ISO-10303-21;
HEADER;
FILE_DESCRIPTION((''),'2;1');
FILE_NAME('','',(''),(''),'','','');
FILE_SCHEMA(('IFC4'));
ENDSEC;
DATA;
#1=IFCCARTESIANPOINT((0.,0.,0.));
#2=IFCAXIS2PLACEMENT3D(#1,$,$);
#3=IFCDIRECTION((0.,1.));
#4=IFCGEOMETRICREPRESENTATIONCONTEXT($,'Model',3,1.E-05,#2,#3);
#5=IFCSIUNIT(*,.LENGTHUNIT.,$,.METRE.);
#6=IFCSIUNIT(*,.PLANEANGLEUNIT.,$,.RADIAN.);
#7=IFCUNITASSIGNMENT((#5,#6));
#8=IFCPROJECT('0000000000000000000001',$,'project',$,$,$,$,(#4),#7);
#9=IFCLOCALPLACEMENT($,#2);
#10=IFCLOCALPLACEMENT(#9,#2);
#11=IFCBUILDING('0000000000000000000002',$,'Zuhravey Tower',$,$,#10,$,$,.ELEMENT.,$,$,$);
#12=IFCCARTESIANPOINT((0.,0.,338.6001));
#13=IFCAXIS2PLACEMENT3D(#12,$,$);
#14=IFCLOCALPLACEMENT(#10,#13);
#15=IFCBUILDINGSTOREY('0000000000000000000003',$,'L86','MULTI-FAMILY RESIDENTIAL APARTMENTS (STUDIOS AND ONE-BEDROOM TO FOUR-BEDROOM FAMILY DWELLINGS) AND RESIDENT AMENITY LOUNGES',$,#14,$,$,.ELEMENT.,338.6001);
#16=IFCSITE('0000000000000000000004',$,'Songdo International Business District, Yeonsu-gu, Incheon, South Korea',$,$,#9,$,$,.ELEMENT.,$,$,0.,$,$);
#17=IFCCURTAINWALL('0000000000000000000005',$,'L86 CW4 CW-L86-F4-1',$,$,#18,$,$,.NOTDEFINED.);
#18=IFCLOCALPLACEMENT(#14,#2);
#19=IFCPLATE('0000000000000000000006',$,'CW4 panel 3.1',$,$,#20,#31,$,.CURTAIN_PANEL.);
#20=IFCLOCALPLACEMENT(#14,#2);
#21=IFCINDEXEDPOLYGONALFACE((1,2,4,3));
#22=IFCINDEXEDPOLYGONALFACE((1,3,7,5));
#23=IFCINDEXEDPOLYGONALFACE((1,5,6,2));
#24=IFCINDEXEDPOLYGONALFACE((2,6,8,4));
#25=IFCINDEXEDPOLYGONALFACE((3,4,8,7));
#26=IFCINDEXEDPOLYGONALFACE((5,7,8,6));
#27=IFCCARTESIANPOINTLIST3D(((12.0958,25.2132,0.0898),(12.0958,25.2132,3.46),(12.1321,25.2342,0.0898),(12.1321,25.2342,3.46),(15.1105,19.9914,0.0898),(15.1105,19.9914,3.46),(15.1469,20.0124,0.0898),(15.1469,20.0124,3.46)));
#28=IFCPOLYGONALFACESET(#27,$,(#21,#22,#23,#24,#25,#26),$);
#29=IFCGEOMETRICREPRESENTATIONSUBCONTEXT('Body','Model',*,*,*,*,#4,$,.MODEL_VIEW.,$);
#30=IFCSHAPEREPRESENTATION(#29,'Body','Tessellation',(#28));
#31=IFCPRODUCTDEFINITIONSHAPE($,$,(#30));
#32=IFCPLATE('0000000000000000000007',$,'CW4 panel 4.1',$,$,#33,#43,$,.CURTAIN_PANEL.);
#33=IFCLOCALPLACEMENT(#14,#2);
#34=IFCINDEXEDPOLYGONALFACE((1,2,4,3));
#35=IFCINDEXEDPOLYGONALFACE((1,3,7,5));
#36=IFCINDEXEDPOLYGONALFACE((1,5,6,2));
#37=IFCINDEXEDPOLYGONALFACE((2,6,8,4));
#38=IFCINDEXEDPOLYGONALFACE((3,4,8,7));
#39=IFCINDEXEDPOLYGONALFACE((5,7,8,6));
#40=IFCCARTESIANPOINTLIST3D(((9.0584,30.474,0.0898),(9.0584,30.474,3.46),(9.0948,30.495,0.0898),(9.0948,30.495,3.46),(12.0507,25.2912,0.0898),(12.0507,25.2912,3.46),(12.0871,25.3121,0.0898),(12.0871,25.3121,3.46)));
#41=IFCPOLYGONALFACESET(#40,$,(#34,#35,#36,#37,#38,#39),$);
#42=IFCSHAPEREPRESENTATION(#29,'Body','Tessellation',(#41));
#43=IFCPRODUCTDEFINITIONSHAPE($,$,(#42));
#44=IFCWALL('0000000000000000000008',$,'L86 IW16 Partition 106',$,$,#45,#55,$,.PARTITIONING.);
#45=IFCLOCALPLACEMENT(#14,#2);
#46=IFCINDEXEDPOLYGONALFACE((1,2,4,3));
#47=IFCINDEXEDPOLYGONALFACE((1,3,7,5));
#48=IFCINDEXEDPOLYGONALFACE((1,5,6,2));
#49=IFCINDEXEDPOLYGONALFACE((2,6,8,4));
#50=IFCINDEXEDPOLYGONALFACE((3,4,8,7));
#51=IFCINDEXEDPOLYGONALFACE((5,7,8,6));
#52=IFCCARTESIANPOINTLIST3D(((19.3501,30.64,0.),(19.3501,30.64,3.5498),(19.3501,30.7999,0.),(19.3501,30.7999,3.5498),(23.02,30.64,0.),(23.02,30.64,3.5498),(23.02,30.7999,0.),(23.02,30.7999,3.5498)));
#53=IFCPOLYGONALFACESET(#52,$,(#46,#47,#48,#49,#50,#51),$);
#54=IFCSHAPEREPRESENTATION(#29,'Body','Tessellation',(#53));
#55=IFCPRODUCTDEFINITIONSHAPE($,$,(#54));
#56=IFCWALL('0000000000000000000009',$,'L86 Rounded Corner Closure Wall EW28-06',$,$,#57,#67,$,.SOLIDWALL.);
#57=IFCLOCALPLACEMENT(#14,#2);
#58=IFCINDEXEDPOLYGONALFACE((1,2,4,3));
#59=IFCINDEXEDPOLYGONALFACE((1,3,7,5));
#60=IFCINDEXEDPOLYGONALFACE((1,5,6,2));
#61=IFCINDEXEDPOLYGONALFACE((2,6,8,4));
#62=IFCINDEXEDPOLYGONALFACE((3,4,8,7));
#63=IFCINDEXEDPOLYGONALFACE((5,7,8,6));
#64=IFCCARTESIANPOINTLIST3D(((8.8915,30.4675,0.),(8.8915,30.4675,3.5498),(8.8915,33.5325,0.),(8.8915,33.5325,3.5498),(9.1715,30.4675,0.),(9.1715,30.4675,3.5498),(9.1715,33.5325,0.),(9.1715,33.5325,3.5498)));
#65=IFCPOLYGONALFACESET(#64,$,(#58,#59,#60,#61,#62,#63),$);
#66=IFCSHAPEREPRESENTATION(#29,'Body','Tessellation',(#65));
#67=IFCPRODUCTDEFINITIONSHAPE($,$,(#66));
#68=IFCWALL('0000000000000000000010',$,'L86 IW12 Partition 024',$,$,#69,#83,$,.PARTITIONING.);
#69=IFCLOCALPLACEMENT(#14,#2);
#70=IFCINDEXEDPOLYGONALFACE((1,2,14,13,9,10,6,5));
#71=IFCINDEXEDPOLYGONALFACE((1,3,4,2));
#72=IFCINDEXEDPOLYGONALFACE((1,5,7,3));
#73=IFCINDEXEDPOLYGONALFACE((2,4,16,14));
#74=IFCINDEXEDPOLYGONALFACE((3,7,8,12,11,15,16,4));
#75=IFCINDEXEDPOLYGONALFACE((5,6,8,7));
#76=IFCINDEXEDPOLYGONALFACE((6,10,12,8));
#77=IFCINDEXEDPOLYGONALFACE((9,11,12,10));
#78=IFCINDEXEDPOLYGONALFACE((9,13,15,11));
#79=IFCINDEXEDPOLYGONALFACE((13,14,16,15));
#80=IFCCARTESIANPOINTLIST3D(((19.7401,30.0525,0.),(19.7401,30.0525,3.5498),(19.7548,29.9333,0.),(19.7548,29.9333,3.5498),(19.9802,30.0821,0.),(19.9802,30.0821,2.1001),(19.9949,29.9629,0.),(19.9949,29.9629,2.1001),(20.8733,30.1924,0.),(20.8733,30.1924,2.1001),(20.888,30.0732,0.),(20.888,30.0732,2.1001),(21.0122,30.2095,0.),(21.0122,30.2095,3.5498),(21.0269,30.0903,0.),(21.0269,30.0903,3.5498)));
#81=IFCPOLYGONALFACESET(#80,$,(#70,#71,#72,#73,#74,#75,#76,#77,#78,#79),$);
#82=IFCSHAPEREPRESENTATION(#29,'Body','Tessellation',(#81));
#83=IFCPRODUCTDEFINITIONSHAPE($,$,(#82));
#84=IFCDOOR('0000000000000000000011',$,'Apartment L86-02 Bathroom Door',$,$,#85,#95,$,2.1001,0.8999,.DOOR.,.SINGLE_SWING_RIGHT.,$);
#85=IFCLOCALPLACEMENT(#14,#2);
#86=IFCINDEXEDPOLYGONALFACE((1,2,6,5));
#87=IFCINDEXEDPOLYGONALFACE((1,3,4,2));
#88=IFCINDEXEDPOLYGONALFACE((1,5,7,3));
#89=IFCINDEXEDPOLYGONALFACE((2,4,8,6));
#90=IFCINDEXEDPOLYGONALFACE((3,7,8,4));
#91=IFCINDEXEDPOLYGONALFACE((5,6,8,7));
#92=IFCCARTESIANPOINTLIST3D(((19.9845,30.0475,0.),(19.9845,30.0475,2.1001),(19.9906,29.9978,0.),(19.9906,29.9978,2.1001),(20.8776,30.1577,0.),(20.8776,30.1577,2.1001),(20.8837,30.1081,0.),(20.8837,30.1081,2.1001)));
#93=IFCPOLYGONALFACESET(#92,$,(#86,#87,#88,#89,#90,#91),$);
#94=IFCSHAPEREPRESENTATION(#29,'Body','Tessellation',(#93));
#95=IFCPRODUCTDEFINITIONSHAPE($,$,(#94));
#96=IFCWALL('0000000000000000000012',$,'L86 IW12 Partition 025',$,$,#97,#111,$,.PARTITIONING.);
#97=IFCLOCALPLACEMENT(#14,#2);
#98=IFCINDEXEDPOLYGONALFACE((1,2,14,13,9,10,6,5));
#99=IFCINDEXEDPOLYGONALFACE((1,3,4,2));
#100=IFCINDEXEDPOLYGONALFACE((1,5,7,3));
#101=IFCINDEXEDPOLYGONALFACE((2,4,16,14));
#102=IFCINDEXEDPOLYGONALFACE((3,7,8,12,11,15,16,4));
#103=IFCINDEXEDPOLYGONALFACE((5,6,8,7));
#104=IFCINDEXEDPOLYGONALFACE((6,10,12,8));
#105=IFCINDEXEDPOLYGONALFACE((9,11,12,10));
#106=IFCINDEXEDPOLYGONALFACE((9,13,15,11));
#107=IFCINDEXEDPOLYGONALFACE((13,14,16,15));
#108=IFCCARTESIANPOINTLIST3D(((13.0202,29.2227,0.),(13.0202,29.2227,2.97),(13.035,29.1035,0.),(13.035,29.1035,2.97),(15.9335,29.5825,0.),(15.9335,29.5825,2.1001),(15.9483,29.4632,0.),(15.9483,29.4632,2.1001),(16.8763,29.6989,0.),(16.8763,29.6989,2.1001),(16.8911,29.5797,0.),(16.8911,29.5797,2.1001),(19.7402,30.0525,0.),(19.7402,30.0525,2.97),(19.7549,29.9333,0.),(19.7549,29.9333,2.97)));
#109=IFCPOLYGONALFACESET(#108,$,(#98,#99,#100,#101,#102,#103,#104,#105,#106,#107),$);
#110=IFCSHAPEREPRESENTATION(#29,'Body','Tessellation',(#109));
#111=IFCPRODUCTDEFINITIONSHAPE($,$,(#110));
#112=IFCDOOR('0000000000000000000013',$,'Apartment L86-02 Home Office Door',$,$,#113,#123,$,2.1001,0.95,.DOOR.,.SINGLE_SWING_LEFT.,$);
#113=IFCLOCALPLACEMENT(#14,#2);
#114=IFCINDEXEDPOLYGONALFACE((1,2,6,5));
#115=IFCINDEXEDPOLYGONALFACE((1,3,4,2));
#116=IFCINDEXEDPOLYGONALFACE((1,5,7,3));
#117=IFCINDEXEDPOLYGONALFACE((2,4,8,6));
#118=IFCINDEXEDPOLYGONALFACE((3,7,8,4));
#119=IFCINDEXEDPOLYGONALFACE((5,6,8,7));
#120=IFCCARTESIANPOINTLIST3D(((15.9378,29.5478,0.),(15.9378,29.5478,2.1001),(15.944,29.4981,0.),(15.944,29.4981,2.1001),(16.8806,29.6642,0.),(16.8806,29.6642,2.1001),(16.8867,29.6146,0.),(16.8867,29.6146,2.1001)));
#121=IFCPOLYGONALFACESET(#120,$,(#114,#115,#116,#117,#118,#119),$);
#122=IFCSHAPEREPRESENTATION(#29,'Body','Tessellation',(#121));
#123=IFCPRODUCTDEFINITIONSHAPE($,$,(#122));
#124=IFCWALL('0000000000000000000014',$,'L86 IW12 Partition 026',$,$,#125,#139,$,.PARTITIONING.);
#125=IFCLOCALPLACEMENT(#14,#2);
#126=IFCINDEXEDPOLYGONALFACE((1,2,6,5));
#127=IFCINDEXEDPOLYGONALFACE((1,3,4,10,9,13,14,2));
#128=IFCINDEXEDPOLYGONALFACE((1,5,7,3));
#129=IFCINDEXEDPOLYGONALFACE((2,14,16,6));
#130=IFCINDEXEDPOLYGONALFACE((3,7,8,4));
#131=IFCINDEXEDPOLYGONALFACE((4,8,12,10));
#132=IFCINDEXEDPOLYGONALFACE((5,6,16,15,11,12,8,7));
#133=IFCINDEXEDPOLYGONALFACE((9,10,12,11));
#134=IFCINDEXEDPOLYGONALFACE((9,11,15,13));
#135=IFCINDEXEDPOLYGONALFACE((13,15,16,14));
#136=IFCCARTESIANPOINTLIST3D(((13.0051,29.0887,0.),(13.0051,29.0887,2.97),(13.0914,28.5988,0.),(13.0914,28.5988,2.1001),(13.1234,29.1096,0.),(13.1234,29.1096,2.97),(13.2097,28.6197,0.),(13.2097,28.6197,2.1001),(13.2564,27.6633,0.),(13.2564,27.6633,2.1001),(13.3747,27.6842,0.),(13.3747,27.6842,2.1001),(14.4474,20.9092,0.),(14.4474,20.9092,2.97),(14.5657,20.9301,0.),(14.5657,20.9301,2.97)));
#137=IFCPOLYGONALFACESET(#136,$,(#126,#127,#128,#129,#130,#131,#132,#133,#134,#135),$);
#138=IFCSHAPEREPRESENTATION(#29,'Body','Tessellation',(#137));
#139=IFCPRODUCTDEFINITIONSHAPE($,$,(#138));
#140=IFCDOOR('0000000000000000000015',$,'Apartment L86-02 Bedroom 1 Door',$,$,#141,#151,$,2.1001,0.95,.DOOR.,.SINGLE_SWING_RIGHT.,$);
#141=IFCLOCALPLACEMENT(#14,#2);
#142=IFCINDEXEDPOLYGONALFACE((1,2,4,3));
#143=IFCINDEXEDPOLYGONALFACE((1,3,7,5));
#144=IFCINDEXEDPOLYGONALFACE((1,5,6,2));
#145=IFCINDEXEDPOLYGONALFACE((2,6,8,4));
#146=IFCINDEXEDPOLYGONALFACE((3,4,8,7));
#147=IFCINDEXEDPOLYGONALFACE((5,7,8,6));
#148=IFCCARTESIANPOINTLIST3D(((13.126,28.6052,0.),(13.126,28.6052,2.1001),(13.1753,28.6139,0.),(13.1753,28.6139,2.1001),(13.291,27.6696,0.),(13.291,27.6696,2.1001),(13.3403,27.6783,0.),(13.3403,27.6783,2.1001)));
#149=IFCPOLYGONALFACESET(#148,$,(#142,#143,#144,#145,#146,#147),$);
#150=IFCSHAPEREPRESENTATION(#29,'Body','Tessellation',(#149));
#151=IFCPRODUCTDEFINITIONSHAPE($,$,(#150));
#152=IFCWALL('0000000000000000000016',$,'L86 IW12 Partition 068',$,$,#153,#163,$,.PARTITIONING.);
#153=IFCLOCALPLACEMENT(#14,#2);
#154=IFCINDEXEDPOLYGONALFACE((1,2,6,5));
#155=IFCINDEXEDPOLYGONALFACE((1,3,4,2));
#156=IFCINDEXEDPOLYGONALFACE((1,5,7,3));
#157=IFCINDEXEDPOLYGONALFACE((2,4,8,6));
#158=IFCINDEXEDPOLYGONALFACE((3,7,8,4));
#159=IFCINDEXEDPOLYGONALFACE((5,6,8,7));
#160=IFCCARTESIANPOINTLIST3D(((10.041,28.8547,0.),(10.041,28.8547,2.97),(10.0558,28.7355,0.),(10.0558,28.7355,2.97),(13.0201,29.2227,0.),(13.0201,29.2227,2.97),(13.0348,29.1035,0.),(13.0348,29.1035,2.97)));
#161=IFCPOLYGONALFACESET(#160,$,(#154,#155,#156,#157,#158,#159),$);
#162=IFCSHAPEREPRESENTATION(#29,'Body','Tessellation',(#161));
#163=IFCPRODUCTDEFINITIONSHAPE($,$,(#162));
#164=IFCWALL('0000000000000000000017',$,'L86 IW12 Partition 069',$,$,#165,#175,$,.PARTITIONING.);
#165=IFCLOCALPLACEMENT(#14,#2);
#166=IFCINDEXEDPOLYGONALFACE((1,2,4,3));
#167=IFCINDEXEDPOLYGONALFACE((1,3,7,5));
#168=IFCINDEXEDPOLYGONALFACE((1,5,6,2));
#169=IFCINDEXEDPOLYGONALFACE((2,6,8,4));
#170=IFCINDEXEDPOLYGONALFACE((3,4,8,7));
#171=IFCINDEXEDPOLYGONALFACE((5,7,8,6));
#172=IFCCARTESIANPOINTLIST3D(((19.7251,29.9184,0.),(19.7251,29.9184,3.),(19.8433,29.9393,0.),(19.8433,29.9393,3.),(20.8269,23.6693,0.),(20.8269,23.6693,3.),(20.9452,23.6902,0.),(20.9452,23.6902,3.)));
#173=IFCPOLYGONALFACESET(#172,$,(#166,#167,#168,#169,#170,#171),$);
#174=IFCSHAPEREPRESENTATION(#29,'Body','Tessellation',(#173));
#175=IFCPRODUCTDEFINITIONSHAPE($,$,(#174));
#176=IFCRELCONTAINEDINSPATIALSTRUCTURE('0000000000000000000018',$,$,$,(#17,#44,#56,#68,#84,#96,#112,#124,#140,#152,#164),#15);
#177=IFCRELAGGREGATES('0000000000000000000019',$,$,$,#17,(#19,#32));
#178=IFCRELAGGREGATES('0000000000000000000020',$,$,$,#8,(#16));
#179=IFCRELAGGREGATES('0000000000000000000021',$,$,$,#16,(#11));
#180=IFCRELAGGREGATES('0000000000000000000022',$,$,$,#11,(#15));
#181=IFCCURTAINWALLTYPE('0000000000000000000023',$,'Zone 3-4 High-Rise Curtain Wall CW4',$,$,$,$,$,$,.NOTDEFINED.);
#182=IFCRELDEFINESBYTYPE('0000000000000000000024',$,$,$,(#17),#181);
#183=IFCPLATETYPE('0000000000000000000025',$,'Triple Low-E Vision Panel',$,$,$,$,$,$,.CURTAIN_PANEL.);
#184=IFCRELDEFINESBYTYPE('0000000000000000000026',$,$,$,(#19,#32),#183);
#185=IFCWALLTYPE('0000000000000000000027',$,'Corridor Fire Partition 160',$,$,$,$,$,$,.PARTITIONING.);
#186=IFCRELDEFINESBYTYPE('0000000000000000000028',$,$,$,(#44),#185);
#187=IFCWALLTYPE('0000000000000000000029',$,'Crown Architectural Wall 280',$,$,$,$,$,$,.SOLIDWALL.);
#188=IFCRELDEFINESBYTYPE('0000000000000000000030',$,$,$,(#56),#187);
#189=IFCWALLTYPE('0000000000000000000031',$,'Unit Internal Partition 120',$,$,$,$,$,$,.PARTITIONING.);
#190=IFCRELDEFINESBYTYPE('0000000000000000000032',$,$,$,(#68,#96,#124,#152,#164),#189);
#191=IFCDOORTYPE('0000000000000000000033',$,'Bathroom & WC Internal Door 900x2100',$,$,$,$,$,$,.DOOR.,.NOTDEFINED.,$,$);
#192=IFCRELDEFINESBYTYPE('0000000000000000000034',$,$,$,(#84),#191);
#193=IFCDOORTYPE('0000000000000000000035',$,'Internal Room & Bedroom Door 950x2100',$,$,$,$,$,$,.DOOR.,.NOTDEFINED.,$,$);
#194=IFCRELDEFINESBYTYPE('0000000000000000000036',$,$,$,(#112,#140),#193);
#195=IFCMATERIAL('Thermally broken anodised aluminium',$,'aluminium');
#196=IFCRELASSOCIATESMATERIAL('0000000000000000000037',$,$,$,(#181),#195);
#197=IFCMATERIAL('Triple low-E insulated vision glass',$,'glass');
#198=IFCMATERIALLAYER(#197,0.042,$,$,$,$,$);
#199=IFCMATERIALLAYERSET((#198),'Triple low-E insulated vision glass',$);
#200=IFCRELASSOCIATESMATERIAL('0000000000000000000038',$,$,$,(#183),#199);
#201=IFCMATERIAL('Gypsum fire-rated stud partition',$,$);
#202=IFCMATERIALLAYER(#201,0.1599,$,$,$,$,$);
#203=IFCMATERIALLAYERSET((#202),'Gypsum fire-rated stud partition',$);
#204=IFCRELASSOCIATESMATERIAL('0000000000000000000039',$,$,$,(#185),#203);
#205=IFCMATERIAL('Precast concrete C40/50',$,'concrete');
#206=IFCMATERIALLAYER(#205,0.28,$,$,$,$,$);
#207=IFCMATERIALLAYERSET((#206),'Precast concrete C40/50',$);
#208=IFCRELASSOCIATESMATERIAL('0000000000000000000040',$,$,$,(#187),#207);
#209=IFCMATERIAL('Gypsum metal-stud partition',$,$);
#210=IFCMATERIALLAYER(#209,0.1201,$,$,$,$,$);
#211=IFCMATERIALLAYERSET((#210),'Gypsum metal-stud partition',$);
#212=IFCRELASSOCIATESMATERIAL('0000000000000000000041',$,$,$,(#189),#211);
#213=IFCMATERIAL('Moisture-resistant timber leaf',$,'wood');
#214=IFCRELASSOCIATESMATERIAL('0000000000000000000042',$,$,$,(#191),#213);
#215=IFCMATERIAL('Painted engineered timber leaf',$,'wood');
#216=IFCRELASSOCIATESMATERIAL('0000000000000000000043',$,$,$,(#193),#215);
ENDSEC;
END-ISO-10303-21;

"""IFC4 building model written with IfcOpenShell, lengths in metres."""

from ifc_helpers import new_model, si_unit, direction, frame, frame_2d, origin, origin_2d, place, context, subcontext, project, spatial, rectangle, extrude, material, layer, layer_set, type_object, element, fill, aggregate, save


model = new_model("IFC4")

# Units and contexts
model_context = context("Model", 3, precision=1e-05, world=origin(), true_north=direction((0.0, 1.0)))
body_context = subcontext(model_context, "Body", "Model", "MODEL_VIEW")
ifc_project = project(units=[si_unit("LENGTHUNIT", "METRE"), si_unit("PLANEANGLEUNIT", "RADIAN")], contexts=[model_context])

# Site, building, storey
site_placement = place(None, origin())
site = spatial("IfcSite", under=ifc_project, at=site_placement, Name="Songdo International Business District, Yeonsu-gu, Incheon, South Korea", CompositionType="ELEMENT", RefElevation=0.0)
building_placement = place(site_placement, origin())
building = spatial("IfcBuilding", under=site, at=building_placement, Name="Zuhravey Tower", CompositionType="ELEMENT")
storey_placement = place(building_placement, frame((0.0, 0.0, 338.6001)))
storey = spatial("IfcBuildingStorey", under=building, at=storey_placement, Name="L86", Description="MULTI-FAMILY RESIDENTIAL APARTMENTS (STUDIOS AND ONE-BEDROOM TO FOUR-BEDROOM FAMILY DWELLINGS) AND RESIDENT AMENITY LOUNGES", CompositionType="ELEMENT", Elevation=338.6001)

# Curtain wall
ifc_material_1 = material(Name="Thermally broken anodised aluminium", Category="aluminium")
curtain_wall_type = type_object("IfcCurtainWallType", Name="Zone 3-4 High-Rise Curtain Wall CW4", PredefinedType="NOTDEFINED", material=ifc_material_1)
curtain_wall_placement = place(storey_placement, origin())
curtain_wall = element("IfcCurtainWall", 1, at=curtain_wall_placement, inside=storey, type_object=curtain_wall_type, Name="L86 CW4 CW-L86-F4-1", PredefinedType="NOTDEFINED")

# Plates
ifc_material_2 = material(Name="Triple low-E insulated vision glass", Category="glass")
ifc_layer_1 = layer(ifc_material_2, 0.042)
ifc_layer_set_1 = layer_set([ifc_layer_1], Name="Triple low-E insulated vision glass")
plate_type_1 = type_object("IfcPlateType", Name="Triple Low-E Vision Panel", PredefinedType="CURTAIN_PANEL", material=ifc_layer_set_1)
plate_1_placement = place(storey_placement, frame((13.6213, 22.6128, 0.0898), z_axis=(0.0, 0.0, 1.0), x_axis=(-0.5, 0.866026, 0.0)))
plate_1 = element("IfcPlate", 2, at=plate_1_placement, type_object=plate_type_1, Name="CW4 panel 3.1", PredefinedType="CURTAIN_PANEL", context=body_context, shape_type="SweptSolid", body=[
    extrude(rectangle(XDim=6.0295, YDim=0.042, at=origin_2d()), origin(), (0.0, 0.0, 1.0), 3.3701),
])
plate_2_placement = place(storey_placement, frame((10.5728, 27.8931, 0.0898), z_axis=(0.0, 0.0, 1.0), x_axis=(-0.5, 0.866026, 0.0)))
plate_2 = element("IfcPlate", 3, at=plate_2_placement, type_object=plate_type_1, Name="CW4 panel 4.1", PredefinedType="CURTAIN_PANEL", context=body_context, shape_type="SweptSolid", body=[
    extrude(rectangle(XDim=5.9846, YDim=0.042, at=origin_2d()), origin(), (0.0, 0.0, 1.0), 3.3701),
])
aggregate(curtain_wall, [plate_1, plate_2])

# Walls
ifc_material_3 = material(Name="Gypsum fire-rated stud partition")
ifc_layer_2 = layer(ifc_material_3, 0.1599)
ifc_layer_set_2 = layer_set([ifc_layer_2], Name="Gypsum fire-rated stud partition")
wall_type_1 = type_object("IfcWallType", Name="Corridor Fire Partition 160", PredefinedType="PARTITIONING", material=ifc_layer_set_2)
wall_1_placement = place(storey_placement, frame((19.3501, 30.72, 0.0), z_axis=(0.0, 0.0, 1.0), x_axis=(1.0, 0.0, 0.0)))
element("IfcWall", 4, at=wall_1_placement, inside=storey, type_object=wall_type_1, Name="L86 IW16 Partition 106", PredefinedType="PARTITIONING", context=body_context, shape_type="SweptSolid", body=[
    extrude(rectangle(XDim=3.6699, YDim=0.1599, at=frame_2d((1.835, 0.0))), origin(), (0.0, 0.0, 1.0), 3.5498),
])
ifc_material_4 = material(Name="Precast concrete C40/50", Category="concrete")
ifc_layer_3 = layer(ifc_material_4, 0.28)
ifc_layer_set_3 = layer_set([ifc_layer_3], Name="Precast concrete C40/50")
wall_type_2 = type_object("IfcWallType", Name="Crown Architectural Wall 280", PredefinedType="SOLIDWALL", material=ifc_layer_set_3)
wall_2_placement = place(storey_placement, frame((9.0315, 30.4675, 0.0), z_axis=(0.0, 0.0, 1.0), x_axis=(0.0, 1.0, 0.0)))
element("IfcWall", 5, at=wall_2_placement, inside=storey, type_object=wall_type_2, Name="L86 Rounded Corner Closure Wall EW28-06", PredefinedType="SOLIDWALL", context=body_context, shape_type="SweptSolid", body=[
    extrude(rectangle(XDim=3.0649, YDim=0.28, at=frame_2d((1.5325, 0.0))), origin(), (0.0, 0.0, 1.0), 3.5498),
])

# Walls, openings, doors
ifc_material_5 = material(Name="Gypsum metal-stud partition")
ifc_layer_4 = layer(ifc_material_5, 0.1201)
ifc_layer_set_4 = layer_set([ifc_layer_4], Name="Gypsum metal-stud partition")
wall_type_3 = type_object("IfcWallType", Name="Unit Internal Partition 120", PredefinedType="PARTITIONING", material=ifc_layer_set_4)
wall_3_placement = place(storey_placement, frame((21.0195, 30.1499, 0.0), z_axis=(0.0, 0.0, 1.0), x_axis=(-0.99247, -0.122487, 0.0)))
wall_3 = element("IfcWall", 6, at=wall_3_placement, inside=storey, type_object=wall_type_3, Name="L86 IW12 Partition 024", PredefinedType="PARTITIONING", context=body_context, shape_type="SweptSolid", body=[
    extrude(rectangle(XDim=1.2817, YDim=0.1201, at=frame_2d((0.6409, 0.0))), origin(), (0.0, 0.0, 1.0), 3.5498),
])
opening_1_placement = place(wall_3_placement, frame((0.1399, 0.0, 0.0)))
opening_1 = element("IfcOpeningElement", 7, at=opening_1_placement, cuts=wall_3, PredefinedType="OPENING", context=body_context, shape_type="SweptSolid", body=[
    extrude(rectangle(XDim=0.8999, YDim=2.1001, at=frame_2d((0.45, 1.05))), frame((0.0, 0.072, 0.0), z_axis=(0.0, -1.0, 0.0), x_axis=(1.0, 0.0, 0.0)), (0.0, 0.0, 1.0), 0.144),
])
ifc_material_6 = material(Name="Moisture-resistant timber leaf", Category="wood")
door_type_1 = type_object("IfcDoorType", Name="Bathroom & WC Internal Door 900x2100", OperationType="NOTDEFINED", PredefinedType="DOOR", material=ifc_material_6)
door_1_placement = place(opening_1_placement, origin())
door_1 = element("IfcDoor", 8, at=door_1_placement, inside=storey, type_object=door_type_1, Name="Apartment L86-02 Bathroom Door", OperationType="SINGLE_SWING_RIGHT", OverallHeight=2.1001, OverallWidth=0.8999, PredefinedType="DOOR", context=body_context, shape_type="SweptSolid", body=[
    extrude(rectangle(XDim=0.8999, YDim=2.1001, at=frame_2d((0.45, 1.05))), frame((0.0, 0.0249, 0.0), z_axis=(0.0, -1.0, 0.0), x_axis=(1.0, 0.0, 0.0)), (0.0, 0.0, 1.0), 0.05),
])
fill(opening_1, door_1)
wall_4_placement = place(storey_placement, frame((19.7476, 29.9929, 0.0), z_axis=(0.0, 0.0, 1.0), x_axis=(-0.992461, -0.122557, 0.0)))
wall_4 = element("IfcWall", 9, at=wall_4_placement, inside=storey, type_object=wall_type_3, Name="L86 IW12 Partition 025", PredefinedType="PARTITIONING", context=body_context, shape_type="SweptSolid", body=[
    extrude(rectangle(XDim=6.771, YDim=0.1201, at=frame_2d((3.3855, 0.0))), origin(), (0.0, 0.0, 1.0), 2.97),
])
opening_2_placement = place(wall_4_placement, frame((2.8855, 0.0, 0.0)))
opening_2 = element("IfcOpeningElement", 10, at=opening_2_placement, cuts=wall_4, PredefinedType="OPENING", context=body_context, shape_type="SweptSolid", body=[
    extrude(rectangle(XDim=0.95, YDim=2.1001, at=frame_2d((0.4751, 1.05))), frame((0.0, 0.072, 0.0), z_axis=(0.0, -1.0, 0.0), x_axis=(1.0, 0.0, 0.0)), (0.0, 0.0, 1.0), 0.144),
])
ifc_material_7 = material(Name="Painted engineered timber leaf", Category="wood")
door_type_2 = type_object("IfcDoorType", Name="Internal Room & Bedroom Door 950x2100", OperationType="NOTDEFINED", PredefinedType="DOOR", material=ifc_material_7)
door_2_placement = place(opening_2_placement, origin())
door_2 = element("IfcDoor", 11, at=door_2_placement, inside=storey, type_object=door_type_2, Name="Apartment L86-02 Home Office Door", OperationType="SINGLE_SWING_LEFT", OverallHeight=2.1001, OverallWidth=0.95, PredefinedType="DOOR", context=body_context, shape_type="SweptSolid", body=[
    extrude(rectangle(XDim=0.95, YDim=2.1001, at=frame_2d((0.4751, 1.05))), frame((0.0, 0.0249, 0.0), z_axis=(0.0, -1.0, 0.0), x_axis=(1.0, 0.0, 0.0)), (0.0, 0.0, 1.0), 0.05),
])
fill(opening_2, door_2)
wall_5_placement = place(storey_placement, frame((13.0642, 29.0991, 0.0), z_axis=(0.0, 0.0, 1.0), x_axis=(0.173663, -0.984805, 0.0)))
wall_5 = element("IfcWall", 12, at=wall_5_placement, inside=storey, type_object=wall_type_3, Name="L86 IW12 Partition 026", PredefinedType="PARTITIONING", context=body_context, shape_type="SweptSolid", body=[
    extrude(rectangle(XDim=8.3057, YDim=0.1201, at=frame_2d((4.1528, 0.0))), origin(), (0.0, 0.0, 1.0), 2.97),
])
opening_3_placement = place(wall_5_placement, frame((0.4973, 0.0, 0.0)))
opening_3 = element("IfcOpeningElement", 13, at=opening_3_placement, cuts=wall_5, PredefinedType="OPENING", context=body_context, shape_type="SweptSolid", body=[
    extrude(rectangle(XDim=0.95, YDim=2.1001, at=frame_2d((0.4751, 1.05))), frame((0.0, 0.072, 0.0), z_axis=(0.0, -1.0, 0.0), x_axis=(1.0, 0.0, 0.0)), (0.0, 0.0, 1.0), 0.144),
])
door_3_placement = place(opening_3_placement, frame((0.95, 0.0, 0.0), z_axis=(0.0, 0.0, 1.0), x_axis=(-1.0, 0.0, 0.0)))
door_3 = element("IfcDoor", 14, at=door_3_placement, inside=storey, type_object=door_type_2, Name="Apartment L86-02 Bedroom 1 Door", OperationType="SINGLE_SWING_RIGHT", OverallHeight=2.1001, OverallWidth=0.95, PredefinedType="DOOR", context=body_context, shape_type="SweptSolid", body=[
    extrude(rectangle(XDim=0.95, YDim=2.1001, at=frame_2d((0.4751, 1.05))), frame((0.0, 0.0249, 0.0), z_axis=(0.0, -1.0, 0.0), x_axis=(1.0, 0.0, 0.0)), (0.0, 0.0, 1.0), 0.05),
])
fill(opening_3, door_3)

# Walls
wall_6_placement = place(storey_placement, frame((13.0276, 29.1631, 0.0), z_axis=(0.0, 0.0, 1.0), x_axis=(-0.992459, -0.122573, 0.0)))
element("IfcWall", 15, at=wall_6_placement, inside=storey, type_object=wall_type_3, Name="L86 IW12 Partition 068", PredefinedType="PARTITIONING", context=body_context, shape_type="SweptSolid", body=[
    extrude(rectangle(XDim=3.0017, YDim=0.1201, at=frame_2d((1.501, 0.0))), origin(), (0.0, 0.0, 1.0), 2.97),
])
wall_7_placement = place(storey_placement, frame((19.7842, 29.929, 0.0), z_axis=(0.0, 0.0, 1.0), x_axis=(0.173638, -0.984809, 0.0)))
element("IfcWall", 16, at=wall_7_placement, inside=storey, type_object=wall_type_3, Name="L86 IW12 Partition 069", PredefinedType="PARTITIONING", context=body_context, shape_type="SweptSolid", body=[
    extrude(rectangle(XDim=6.3455, YDim=0.1201, at=frame_2d((3.1729, 0.0))), origin(), (0.0, 0.0, 1.0), 3.0),
])

save(model, "model.ifc")
